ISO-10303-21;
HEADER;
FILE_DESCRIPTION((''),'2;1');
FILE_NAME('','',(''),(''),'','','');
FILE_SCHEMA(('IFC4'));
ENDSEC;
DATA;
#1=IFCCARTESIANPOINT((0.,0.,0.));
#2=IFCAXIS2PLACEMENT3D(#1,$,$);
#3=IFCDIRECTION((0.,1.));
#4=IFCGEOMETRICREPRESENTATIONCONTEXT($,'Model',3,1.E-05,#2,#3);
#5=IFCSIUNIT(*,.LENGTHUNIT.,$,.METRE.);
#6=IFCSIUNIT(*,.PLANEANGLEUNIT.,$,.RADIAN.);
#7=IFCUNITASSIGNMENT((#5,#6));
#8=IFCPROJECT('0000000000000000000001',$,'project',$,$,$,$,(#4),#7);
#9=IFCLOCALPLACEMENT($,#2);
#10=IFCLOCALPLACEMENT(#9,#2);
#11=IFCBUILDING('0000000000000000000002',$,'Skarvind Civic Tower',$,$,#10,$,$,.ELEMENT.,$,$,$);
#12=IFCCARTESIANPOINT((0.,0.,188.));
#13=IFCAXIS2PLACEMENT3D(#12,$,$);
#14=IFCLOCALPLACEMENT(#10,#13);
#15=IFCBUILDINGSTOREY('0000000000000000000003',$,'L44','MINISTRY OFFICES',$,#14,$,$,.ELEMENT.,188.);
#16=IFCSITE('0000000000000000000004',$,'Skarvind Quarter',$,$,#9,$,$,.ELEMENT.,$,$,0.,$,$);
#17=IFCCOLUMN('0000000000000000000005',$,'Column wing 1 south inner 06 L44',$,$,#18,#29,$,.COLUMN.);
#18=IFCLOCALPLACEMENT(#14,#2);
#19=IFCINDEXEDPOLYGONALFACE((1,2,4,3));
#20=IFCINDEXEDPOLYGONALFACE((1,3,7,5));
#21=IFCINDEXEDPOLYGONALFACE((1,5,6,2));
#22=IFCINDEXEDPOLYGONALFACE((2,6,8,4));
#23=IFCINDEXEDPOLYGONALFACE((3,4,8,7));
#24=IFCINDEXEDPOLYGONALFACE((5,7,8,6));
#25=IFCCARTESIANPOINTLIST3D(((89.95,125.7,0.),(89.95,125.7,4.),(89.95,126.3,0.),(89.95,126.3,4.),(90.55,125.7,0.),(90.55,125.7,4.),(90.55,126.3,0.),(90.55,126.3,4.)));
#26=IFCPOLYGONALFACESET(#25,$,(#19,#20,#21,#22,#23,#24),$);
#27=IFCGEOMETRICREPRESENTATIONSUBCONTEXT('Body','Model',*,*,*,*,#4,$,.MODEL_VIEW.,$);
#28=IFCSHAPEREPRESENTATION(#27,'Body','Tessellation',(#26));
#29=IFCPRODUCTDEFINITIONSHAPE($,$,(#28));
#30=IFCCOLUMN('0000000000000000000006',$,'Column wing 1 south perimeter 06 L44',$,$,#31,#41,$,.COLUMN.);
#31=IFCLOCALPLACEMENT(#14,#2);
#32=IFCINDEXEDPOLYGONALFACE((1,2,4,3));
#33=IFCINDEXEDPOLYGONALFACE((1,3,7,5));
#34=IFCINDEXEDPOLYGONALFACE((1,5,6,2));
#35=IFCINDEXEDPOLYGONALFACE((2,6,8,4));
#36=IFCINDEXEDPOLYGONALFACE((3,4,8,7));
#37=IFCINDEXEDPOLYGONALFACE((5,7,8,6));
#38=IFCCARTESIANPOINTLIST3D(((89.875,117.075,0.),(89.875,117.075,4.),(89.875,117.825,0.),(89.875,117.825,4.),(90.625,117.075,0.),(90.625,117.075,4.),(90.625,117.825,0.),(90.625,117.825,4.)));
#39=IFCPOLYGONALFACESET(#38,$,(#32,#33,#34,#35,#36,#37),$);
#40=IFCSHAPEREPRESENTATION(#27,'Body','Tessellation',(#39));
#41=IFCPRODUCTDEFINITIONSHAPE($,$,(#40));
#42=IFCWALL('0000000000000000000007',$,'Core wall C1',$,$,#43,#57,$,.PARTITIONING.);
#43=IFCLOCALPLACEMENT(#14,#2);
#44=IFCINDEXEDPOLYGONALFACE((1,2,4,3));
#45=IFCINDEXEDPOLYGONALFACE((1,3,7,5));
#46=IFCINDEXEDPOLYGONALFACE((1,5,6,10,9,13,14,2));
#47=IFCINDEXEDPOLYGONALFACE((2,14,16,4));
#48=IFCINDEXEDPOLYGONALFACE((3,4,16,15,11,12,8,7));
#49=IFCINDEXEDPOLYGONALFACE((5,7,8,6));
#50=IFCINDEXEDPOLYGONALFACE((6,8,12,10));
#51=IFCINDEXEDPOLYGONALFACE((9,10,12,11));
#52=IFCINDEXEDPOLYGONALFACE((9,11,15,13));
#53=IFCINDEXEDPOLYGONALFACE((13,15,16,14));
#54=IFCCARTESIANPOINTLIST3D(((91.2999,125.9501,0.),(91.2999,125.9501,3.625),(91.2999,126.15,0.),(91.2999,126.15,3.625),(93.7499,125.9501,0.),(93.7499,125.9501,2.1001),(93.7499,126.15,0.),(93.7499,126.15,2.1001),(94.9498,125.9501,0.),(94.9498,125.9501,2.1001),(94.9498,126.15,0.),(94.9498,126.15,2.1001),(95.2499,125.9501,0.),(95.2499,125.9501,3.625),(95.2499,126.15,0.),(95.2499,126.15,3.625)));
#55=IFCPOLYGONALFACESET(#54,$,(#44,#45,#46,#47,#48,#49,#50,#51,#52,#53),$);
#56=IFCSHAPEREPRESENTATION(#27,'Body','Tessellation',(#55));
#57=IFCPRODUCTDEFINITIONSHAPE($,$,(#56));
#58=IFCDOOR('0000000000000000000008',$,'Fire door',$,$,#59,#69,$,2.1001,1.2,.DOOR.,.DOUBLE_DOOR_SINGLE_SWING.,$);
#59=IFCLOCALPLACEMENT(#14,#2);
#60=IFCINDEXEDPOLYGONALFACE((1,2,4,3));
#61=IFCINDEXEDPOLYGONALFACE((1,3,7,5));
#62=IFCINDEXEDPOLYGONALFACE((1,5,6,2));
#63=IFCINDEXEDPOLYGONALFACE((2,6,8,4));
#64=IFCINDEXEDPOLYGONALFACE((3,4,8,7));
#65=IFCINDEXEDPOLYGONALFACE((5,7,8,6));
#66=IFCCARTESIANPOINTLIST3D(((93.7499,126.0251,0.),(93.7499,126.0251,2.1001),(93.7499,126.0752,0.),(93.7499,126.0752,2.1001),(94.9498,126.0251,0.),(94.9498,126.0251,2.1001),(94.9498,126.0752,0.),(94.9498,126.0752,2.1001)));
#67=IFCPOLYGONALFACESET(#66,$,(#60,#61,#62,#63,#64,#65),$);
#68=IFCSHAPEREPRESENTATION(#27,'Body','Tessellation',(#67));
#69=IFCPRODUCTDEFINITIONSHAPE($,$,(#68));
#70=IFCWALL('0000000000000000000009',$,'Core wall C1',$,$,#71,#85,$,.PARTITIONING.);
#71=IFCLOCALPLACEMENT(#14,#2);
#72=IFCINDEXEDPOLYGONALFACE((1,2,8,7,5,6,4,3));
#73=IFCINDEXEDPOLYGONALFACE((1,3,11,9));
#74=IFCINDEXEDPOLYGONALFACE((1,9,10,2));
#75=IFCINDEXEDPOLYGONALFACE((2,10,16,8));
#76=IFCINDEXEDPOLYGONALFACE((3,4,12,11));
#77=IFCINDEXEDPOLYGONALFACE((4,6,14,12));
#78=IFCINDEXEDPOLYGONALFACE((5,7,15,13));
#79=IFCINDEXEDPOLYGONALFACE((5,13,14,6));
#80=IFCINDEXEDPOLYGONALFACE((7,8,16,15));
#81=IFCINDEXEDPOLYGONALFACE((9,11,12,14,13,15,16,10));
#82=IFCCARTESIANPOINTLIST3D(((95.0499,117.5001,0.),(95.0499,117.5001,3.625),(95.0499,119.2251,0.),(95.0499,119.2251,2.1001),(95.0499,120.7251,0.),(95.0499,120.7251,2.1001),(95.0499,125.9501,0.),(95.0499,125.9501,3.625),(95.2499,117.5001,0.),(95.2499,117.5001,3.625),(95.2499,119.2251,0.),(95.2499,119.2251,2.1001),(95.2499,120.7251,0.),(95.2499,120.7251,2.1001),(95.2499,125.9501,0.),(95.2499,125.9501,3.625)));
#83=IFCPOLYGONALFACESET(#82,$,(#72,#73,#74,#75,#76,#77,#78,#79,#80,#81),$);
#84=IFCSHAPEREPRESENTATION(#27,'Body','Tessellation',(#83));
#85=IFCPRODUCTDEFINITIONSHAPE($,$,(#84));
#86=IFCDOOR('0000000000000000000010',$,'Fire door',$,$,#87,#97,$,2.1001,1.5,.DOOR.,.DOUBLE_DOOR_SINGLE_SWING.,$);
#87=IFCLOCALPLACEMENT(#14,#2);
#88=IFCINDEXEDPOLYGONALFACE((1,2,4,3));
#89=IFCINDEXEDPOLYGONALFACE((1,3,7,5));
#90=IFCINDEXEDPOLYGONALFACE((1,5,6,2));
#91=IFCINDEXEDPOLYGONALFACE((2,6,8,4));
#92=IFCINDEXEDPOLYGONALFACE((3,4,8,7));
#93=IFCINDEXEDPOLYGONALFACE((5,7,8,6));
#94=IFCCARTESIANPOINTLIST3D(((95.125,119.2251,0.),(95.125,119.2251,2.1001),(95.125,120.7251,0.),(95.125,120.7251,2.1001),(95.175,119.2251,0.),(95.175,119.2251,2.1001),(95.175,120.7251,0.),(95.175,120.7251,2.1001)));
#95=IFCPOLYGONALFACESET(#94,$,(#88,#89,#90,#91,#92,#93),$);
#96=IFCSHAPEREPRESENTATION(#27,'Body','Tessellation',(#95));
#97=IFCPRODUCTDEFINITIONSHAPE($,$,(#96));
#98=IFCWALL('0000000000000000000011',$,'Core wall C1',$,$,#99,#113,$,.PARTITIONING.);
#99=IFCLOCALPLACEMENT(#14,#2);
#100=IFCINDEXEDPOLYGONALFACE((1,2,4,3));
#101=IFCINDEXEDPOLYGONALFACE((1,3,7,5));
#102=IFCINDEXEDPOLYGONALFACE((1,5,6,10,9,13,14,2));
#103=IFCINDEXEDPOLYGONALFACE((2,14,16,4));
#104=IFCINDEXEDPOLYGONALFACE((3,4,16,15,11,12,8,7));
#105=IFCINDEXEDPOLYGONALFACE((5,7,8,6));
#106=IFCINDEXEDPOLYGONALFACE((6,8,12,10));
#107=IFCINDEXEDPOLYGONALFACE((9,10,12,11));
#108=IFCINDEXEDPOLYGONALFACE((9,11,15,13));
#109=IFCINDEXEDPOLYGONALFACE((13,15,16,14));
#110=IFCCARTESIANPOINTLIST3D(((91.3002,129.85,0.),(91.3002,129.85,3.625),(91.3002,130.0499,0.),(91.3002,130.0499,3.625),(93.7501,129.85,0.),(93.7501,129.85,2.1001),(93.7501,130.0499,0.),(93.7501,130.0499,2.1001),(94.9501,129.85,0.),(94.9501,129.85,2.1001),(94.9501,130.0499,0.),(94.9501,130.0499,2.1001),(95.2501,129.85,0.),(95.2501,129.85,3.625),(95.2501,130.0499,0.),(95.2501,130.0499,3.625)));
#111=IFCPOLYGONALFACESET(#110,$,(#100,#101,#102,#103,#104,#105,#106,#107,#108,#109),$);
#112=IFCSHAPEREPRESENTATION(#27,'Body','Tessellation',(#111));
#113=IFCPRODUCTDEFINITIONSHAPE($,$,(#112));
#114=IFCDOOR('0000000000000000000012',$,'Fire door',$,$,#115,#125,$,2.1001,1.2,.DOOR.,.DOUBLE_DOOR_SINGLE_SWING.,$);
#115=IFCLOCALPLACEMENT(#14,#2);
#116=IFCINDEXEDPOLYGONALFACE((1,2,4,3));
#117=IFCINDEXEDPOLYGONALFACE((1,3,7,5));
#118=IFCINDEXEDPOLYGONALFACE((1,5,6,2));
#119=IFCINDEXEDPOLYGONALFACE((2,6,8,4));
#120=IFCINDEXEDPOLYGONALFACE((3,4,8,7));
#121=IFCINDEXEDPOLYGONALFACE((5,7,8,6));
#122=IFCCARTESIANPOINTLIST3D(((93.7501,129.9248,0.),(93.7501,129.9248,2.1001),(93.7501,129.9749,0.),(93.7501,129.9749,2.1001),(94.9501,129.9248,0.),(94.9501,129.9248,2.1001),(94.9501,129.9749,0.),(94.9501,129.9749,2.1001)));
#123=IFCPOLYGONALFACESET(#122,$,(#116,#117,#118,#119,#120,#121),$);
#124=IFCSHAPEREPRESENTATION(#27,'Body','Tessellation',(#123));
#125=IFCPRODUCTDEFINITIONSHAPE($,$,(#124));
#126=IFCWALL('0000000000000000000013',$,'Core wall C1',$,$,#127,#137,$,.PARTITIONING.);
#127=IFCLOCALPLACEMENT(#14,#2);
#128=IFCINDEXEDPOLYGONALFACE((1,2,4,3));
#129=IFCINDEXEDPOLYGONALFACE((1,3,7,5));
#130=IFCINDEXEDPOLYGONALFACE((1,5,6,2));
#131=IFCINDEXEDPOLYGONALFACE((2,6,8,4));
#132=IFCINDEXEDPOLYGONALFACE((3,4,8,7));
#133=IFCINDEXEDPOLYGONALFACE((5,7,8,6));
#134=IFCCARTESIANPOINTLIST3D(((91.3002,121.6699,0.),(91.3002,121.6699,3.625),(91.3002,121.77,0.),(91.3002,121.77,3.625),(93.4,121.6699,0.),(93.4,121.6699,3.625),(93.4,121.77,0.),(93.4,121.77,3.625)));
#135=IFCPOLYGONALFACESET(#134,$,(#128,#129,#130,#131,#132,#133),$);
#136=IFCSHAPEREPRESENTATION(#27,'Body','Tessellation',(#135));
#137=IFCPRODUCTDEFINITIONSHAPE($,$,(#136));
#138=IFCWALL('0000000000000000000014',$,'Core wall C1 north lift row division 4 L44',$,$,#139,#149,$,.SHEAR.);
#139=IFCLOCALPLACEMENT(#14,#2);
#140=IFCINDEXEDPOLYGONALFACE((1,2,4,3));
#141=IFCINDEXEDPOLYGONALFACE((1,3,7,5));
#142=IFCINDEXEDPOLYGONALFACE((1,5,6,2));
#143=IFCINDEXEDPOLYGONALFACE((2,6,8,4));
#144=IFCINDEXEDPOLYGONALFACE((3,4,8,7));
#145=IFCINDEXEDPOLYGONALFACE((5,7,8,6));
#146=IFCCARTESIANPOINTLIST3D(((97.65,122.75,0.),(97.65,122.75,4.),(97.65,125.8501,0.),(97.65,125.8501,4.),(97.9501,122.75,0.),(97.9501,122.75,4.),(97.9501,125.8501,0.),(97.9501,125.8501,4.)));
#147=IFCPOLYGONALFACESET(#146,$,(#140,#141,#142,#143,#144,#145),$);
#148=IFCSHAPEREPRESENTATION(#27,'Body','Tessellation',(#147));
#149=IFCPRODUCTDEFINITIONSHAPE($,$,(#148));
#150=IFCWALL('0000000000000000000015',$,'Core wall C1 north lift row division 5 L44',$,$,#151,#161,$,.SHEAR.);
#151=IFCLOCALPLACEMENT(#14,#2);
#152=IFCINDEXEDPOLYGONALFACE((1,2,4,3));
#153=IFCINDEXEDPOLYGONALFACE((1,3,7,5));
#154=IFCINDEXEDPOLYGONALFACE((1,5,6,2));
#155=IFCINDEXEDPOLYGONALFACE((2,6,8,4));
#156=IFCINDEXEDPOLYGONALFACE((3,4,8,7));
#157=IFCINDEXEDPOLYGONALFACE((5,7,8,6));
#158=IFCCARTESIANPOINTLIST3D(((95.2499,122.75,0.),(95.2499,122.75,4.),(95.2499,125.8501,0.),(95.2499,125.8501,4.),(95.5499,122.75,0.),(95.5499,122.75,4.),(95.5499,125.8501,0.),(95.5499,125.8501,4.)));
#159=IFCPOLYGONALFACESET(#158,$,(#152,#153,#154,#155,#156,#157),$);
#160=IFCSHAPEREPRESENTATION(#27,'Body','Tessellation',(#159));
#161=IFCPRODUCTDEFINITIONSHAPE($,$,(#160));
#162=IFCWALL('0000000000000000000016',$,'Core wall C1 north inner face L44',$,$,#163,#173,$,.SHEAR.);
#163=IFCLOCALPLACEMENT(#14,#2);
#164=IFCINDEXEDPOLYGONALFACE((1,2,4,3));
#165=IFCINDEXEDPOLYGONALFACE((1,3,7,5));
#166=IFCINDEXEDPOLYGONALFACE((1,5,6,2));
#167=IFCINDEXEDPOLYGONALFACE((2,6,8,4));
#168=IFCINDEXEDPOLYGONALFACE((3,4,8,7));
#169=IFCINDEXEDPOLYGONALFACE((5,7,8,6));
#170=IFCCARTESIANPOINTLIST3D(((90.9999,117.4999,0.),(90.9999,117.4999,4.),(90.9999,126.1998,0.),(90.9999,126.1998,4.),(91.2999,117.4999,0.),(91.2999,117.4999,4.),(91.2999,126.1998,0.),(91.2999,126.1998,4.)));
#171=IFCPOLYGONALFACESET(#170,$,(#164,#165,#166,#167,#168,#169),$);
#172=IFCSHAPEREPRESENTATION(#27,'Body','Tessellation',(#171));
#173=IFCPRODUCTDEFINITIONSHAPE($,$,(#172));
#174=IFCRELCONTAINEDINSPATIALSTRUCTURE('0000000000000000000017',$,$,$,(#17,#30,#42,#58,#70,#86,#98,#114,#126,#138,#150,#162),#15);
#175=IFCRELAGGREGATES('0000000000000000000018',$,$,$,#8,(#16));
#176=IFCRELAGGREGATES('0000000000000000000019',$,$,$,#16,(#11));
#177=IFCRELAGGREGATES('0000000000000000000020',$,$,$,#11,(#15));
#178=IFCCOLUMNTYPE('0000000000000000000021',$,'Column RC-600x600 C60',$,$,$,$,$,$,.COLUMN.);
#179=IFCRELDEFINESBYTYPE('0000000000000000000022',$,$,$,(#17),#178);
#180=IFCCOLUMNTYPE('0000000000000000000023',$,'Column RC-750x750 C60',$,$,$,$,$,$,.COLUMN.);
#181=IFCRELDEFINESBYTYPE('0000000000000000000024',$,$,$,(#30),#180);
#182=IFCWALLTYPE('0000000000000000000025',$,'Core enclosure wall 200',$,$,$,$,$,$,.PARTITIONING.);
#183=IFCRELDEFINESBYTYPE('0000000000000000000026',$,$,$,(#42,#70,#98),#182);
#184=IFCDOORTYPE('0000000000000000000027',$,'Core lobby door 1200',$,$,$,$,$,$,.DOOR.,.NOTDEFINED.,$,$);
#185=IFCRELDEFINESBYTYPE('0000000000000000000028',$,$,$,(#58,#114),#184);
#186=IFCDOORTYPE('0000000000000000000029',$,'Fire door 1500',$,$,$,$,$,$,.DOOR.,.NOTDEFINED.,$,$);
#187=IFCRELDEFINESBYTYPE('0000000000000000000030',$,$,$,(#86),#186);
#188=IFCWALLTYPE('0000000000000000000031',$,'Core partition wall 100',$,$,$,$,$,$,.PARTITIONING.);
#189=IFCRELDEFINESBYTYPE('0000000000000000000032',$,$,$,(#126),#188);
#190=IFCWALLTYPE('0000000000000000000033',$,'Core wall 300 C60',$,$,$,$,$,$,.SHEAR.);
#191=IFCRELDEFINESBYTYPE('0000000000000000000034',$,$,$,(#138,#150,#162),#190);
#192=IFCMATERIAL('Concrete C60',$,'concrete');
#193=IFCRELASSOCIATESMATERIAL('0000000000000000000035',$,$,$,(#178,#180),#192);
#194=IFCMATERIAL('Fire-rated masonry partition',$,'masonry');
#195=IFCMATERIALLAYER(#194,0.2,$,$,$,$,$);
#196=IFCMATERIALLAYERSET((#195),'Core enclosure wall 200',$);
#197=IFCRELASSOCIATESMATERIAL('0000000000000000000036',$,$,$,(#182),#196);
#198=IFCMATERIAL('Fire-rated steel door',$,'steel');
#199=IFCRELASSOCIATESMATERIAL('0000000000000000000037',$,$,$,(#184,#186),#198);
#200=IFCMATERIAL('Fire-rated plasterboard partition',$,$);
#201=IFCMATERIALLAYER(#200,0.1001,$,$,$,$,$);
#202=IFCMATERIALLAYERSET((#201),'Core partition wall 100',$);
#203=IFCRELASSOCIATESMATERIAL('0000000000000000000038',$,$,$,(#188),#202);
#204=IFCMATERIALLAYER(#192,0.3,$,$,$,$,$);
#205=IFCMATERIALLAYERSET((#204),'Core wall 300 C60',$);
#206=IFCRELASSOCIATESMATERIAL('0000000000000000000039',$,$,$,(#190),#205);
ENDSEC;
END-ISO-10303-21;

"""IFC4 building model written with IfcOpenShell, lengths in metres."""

from ifc_helpers import new_model, si_unit, direction, frame, frame_2d, origin, origin_2d, place, context, subcontext, project, spatial, rectangle, extrude, material, layer, layer_set, material_profile, profile_set, type_object, element, fill, save


model = new_model("IFC4")

# Units and contexts
model_context = context("Model", 3, precision=1e-05, world=origin(), true_north=direction((0.0, 1.0)))
body_context = subcontext(model_context, "Body", "Model", "MODEL_VIEW")
ifc_project = project(units=[si_unit("LENGTHUNIT", "METRE"), si_unit("PLANEANGLEUNIT", "RADIAN")], contexts=[model_context])

# Site, building, storey
site_placement = place(None, origin())
site = spatial("IfcSite", under=ifc_project, at=site_placement, Name="Skarvind Quarter", CompositionType="ELEMENT", RefElevation=0.0)
building_placement = place(site_placement, origin())
building = spatial("IfcBuilding", under=site, at=building_placement, Name="Skarvind Civic Tower", CompositionType="ELEMENT")
storey_placement = place(building_placement, frame((0.0, 0.0, 188.0)))
storey = spatial("IfcBuildingStorey", under=building, at=storey_placement, Name="L44", Description="MINISTRY OFFICES", CompositionType="ELEMENT", Elevation=188.0)

# Columns
ifc_material_1 = material(Name="Concrete C60", Category="concrete")
ifc_material_profile_1 = material_profile(ifc_material_1, rectangle(XDim=0.6001, YDim=0.6001, at=origin_2d()), Name="RC-600x600")
ifc_profile_set_1 = profile_set([ifc_material_profile_1], Name="Concrete C60")
column_type_1 = type_object("IfcColumnType", Name="Column RC-600x600 C60", PredefinedType="COLUMN", material=ifc_profile_set_1)
column_1_placement = place(storey_placement, frame((90.25, 126.0, 0.0), z_axis=(0.0, 0.0, 1.0), x_axis=(1.0, 0.0, 0.0)))
element("IfcColumn", 1, at=column_1_placement, inside=storey, type_object=column_type_1, Name="Column wing 1 south inner 06 L44", PredefinedType="COLUMN", context=body_context, shape_type="SweptSolid", body=[
    extrude(rectangle(XDim=0.6001, YDim=0.6001, at=origin_2d()), origin(), (0.0, 0.0, 1.0), 4.0),
])
ifc_material_profile_2 = material_profile(ifc_material_1, rectangle(XDim=0.75, YDim=0.75, at=origin_2d()), Name="RC-750x750")
ifc_profile_set_2 = profile_set([ifc_material_profile_2], Name="Concrete C60")
column_type_2 = type_object("IfcColumnType", Name="Column RC-750x750 C60", PredefinedType="COLUMN", material=ifc_profile_set_2)
column_2_placement = place(storey_placement, frame((90.25, 117.45, 0.0), z_axis=(0.0, 0.0, 1.0), x_axis=(1.0, 0.0, 0.0)))
element("IfcColumn", 2, at=column_2_placement, inside=storey, type_object=column_type_2, Name="Column wing 1 south perimeter 06 L44", PredefinedType="COLUMN", context=body_context, shape_type="SweptSolid", body=[
    extrude(rectangle(XDim=0.75, YDim=0.75, at=origin_2d()), origin(), (0.0, 0.0, 1.0), 4.0),
])

# Walls, openings, doors
ifc_material_2 = material(Name="Fire-rated masonry partition", Category="masonry")
ifc_layer_1 = layer(ifc_material_2, 0.2)
ifc_layer_set_1 = layer_set([ifc_layer_1], Name="Core enclosure wall 200")
wall_type_1 = type_object("IfcWallType", Name="Core enclosure wall 200", PredefinedType="PARTITIONING", material=ifc_layer_set_1)
wall_1_placement = place(storey_placement, frame((95.25, 126.05, 0.0), z_axis=(0.0, 0.0, 1.0), x_axis=(-1.0, 0.0, 0.0)))
wall_1 = element("IfcWall", 3, at=wall_1_placement, inside=storey, type_object=wall_type_1, Name="Core wall C1", PredefinedType="PARTITIONING", context=body_context, shape_type="SweptSolid", body=[
    extrude(rectangle(XDim=3.95, YDim=0.2, at=frame_2d((1.9751, 0.0))), origin(), (0.0, 0.0, 1.0), 3.625),
])
opening_1_placement = place(wall_1_placement, frame((0.3, 0.0, 0.0)))
opening_1 = element("IfcOpeningElement", 4, at=opening_1_placement, cuts=wall_1, PredefinedType="OPENING", context=body_context, shape_type="SweptSolid", body=[
    extrude(rectangle(XDim=1.2, YDim=2.1001, at=frame_2d((0.6001, 1.05))), frame((0.0, 0.1099, 0.0), z_axis=(0.0, -1.0, 0.0), x_axis=(1.0, 0.0, 0.0)), (0.0, 0.0, 1.0), 0.22),
])
ifc_material_3 = material(Name="Fire-rated steel door", Category="steel")
door_type_1 = type_object("IfcDoorType", Name="Core lobby door 1200", OperationType="NOTDEFINED", PredefinedType="DOOR", material=ifc_material_3)
door_1_placement = place(opening_1_placement, origin())
door_1 = element("IfcDoor", 5, at=door_1_placement, inside=storey, type_object=door_type_1, Name="Fire door", OperationType="DOUBLE_DOOR_SINGLE_SWING", OverallHeight=2.1001, OverallWidth=1.2, PredefinedType="DOOR", context=body_context, shape_type="SweptSolid", body=[
    extrude(rectangle(XDim=1.2, YDim=2.1001, at=frame_2d((0.6001, 1.05))), frame((0.0, 0.0249, 0.0), z_axis=(0.0, -1.0, 0.0), x_axis=(1.0, 0.0, 0.0)), (0.0, 0.0, 1.0), 0.05),
])
fill(opening_1, door_1)
wall_2_placement = place(storey_placement, frame((95.1499, 117.5, 0.0), z_axis=(0.0, 0.0, 1.0), x_axis=(0.0, 1.0, 0.0)))
wall_2 = element("IfcWall", 6, at=wall_2_placement, inside=storey, type_object=wall_type_1, Name="Core wall C1", PredefinedType="PARTITIONING", context=body_context, shape_type="SweptSolid", body=[
    extrude(rectangle(XDim=8.45, YDim=0.2, at=frame_2d((4.2251, 0.0))), origin(), (0.0, 0.0, 1.0), 3.625),
])
opening_2_placement = place(wall_2_placement, frame((1.7251, 0.0, 0.0)))
opening_2 = element("IfcOpeningElement", 7, at=opening_2_placement, cuts=wall_2, PredefinedType="OPENING", context=body_context, shape_type="SweptSolid", body=[
    extrude(rectangle(XDim=1.5, YDim=2.1001, at=frame_2d((0.75, 1.05))), frame((0.0, 0.1099, 0.0), z_axis=(0.0, -1.0, 0.0), x_axis=(1.0, 0.0, 0.0)), (0.0, 0.0, 1.0), 0.22),
])
door_type_2 = type_object("IfcDoorType", Name="Fire door 1500", OperationType="NOTDEFINED", PredefinedType="DOOR", material=ifc_material_3)
door_2_placement = place(opening_2_placement, origin())
door_2 = element("IfcDoor", 8, at=door_2_placement, inside=storey, type_object=door_type_2, Name="Fire door", OperationType="DOUBLE_DOOR_SINGLE_SWING", OverallHeight=2.1001, OverallWidth=1.5, PredefinedType="DOOR", context=body_context, shape_type="SweptSolid", body=[
    extrude(rectangle(XDim=1.5, YDim=2.1001, at=frame_2d((0.75, 1.05))), frame((0.0, 0.0249, 0.0), z_axis=(0.0, -1.0, 0.0), x_axis=(1.0, 0.0, 0.0)), (0.0, 0.0, 1.0), 0.05),
])
fill(opening_2, door_2)
wall_3_placement = place(storey_placement, frame((91.3, 129.95, 0.0), z_axis=(0.0, 0.0, 1.0), x_axis=(1.0, 0.0, 0.0)))
wall_3 = element("IfcWall", 9, at=wall_3_placement, inside=storey, type_object=wall_type_1, Name="Core wall C1", PredefinedType="PARTITIONING", context=body_context, shape_type="SweptSolid", body=[
    extrude(rectangle(XDim=3.95, YDim=0.2, at=frame_2d((1.9751, 0.0))), origin(), (0.0, 0.0, 1.0), 3.625),
])
opening_3_placement = place(wall_3_placement, frame((2.45, 0.0, 0.0)))
opening_3 = element("IfcOpeningElement", 10, at=opening_3_placement, cuts=wall_3, PredefinedType="OPENING", context=body_context, shape_type="SweptSolid", body=[
    extrude(rectangle(XDim=1.2, YDim=2.1001, at=frame_2d((0.6001, 1.05))), frame((0.0, 0.1099, 0.0), z_axis=(0.0, -1.0, 0.0), x_axis=(1.0, 0.0, 0.0)), (0.0, 0.0, 1.0), 0.22),
])
door_3_placement = place(opening_3_placement, origin())
door_3 = element("IfcDoor", 11, at=door_3_placement, inside=storey, type_object=door_type_1, Name="Fire door", OperationType="DOUBLE_DOOR_SINGLE_SWING", OverallHeight=2.1001, OverallWidth=1.2, PredefinedType="DOOR", context=body_context, shape_type="SweptSolid", body=[
    extrude(rectangle(XDim=1.2, YDim=2.1001, at=frame_2d((0.6001, 1.05))), frame((0.0, 0.0249, 0.0), z_axis=(0.0, -1.0, 0.0), x_axis=(1.0, 0.0, 0.0)), (0.0, 0.0, 1.0), 0.05),
])
fill(opening_3, door_3)

# Walls
ifc_material_4 = material(Name="Fire-rated plasterboard partition")
ifc_layer_2 = layer(ifc_material_4, 0.1001)
ifc_layer_set_2 = layer_set([ifc_layer_2], Name="Core partition wall 100")
wall_type_2 = type_object("IfcWallType", Name="Core partition wall 100", PredefinedType="PARTITIONING", material=ifc_layer_set_2)
wall_4_placement = place(storey_placement, frame((93.3999, 121.72, 0.0), z_axis=(0.0, 0.0, 1.0), x_axis=(-1.0, 0.0, 0.0)))
element("IfcWall", 12, at=wall_4_placement, inside=storey, type_object=wall_type_2, Name="Core wall C1", PredefinedType="PARTITIONING", context=body_context, shape_type="SweptSolid", body=[
    extrude(rectangle(XDim=2.0999, YDim=0.1001, at=frame_2d((1.0498, 0.0))), origin(), (0.0, 0.0, 1.0), 3.625),
])
ifc_layer_3 = layer(ifc_material_1, 0.3)
ifc_layer_set_3 = layer_set([ifc_layer_3], Name="Core wall 300 C60")
wall_type_3 = type_object("IfcWallType", Name="Core wall 300 C60", PredefinedType="SHEAR", material=ifc_layer_set_3)
for number, where, z_axis, x_axis, name in (
    (13, (97.8, 125.8501, 0.0), (0.0, 0.0, 1.0), (0.0, -1.0, 0.0), "Core wall C1 north lift row division 4 L44"),
    (14, (95.3999, 125.8501, 0.0), (0.0, 0.0, 1.0), (0.0, -1.0, 0.0), "Core wall C1 north lift row division 5 L44"),
):
    element("IfcWall", number, at=place(storey_placement, frame(where, z_axis=z_axis, x_axis=x_axis)), inside=storey, type_object=wall_type_3, Name=name, PredefinedType="SHEAR", context=body_context, shape_type="SweptSolid", body=[
        extrude(rectangle(XDim=3.1001, YDim=0.3, at=frame_2d((1.55, 0.0))), origin(), (0.0, 0.0, 1.0), 4.0),
    ])
wall_5_placement = place(storey_placement, frame((91.1499, 126.2, 0.0), z_axis=(0.0, 0.0, 1.0), x_axis=(0.0, -1.0, 0.0)))
element("IfcWall", 15, at=wall_5_placement, inside=storey, type_object=wall_type_3, Name="Core wall C1 north inner face L44", PredefinedType="SHEAR", context=body_context, shape_type="SweptSolid", body=[
    extrude(rectangle(XDim=8.7, YDim=0.3, at=frame_2d((4.3501, 0.0))), origin(), (0.0, 0.0, 1.0), 4.0),
])

save(model, "model.ifc")
